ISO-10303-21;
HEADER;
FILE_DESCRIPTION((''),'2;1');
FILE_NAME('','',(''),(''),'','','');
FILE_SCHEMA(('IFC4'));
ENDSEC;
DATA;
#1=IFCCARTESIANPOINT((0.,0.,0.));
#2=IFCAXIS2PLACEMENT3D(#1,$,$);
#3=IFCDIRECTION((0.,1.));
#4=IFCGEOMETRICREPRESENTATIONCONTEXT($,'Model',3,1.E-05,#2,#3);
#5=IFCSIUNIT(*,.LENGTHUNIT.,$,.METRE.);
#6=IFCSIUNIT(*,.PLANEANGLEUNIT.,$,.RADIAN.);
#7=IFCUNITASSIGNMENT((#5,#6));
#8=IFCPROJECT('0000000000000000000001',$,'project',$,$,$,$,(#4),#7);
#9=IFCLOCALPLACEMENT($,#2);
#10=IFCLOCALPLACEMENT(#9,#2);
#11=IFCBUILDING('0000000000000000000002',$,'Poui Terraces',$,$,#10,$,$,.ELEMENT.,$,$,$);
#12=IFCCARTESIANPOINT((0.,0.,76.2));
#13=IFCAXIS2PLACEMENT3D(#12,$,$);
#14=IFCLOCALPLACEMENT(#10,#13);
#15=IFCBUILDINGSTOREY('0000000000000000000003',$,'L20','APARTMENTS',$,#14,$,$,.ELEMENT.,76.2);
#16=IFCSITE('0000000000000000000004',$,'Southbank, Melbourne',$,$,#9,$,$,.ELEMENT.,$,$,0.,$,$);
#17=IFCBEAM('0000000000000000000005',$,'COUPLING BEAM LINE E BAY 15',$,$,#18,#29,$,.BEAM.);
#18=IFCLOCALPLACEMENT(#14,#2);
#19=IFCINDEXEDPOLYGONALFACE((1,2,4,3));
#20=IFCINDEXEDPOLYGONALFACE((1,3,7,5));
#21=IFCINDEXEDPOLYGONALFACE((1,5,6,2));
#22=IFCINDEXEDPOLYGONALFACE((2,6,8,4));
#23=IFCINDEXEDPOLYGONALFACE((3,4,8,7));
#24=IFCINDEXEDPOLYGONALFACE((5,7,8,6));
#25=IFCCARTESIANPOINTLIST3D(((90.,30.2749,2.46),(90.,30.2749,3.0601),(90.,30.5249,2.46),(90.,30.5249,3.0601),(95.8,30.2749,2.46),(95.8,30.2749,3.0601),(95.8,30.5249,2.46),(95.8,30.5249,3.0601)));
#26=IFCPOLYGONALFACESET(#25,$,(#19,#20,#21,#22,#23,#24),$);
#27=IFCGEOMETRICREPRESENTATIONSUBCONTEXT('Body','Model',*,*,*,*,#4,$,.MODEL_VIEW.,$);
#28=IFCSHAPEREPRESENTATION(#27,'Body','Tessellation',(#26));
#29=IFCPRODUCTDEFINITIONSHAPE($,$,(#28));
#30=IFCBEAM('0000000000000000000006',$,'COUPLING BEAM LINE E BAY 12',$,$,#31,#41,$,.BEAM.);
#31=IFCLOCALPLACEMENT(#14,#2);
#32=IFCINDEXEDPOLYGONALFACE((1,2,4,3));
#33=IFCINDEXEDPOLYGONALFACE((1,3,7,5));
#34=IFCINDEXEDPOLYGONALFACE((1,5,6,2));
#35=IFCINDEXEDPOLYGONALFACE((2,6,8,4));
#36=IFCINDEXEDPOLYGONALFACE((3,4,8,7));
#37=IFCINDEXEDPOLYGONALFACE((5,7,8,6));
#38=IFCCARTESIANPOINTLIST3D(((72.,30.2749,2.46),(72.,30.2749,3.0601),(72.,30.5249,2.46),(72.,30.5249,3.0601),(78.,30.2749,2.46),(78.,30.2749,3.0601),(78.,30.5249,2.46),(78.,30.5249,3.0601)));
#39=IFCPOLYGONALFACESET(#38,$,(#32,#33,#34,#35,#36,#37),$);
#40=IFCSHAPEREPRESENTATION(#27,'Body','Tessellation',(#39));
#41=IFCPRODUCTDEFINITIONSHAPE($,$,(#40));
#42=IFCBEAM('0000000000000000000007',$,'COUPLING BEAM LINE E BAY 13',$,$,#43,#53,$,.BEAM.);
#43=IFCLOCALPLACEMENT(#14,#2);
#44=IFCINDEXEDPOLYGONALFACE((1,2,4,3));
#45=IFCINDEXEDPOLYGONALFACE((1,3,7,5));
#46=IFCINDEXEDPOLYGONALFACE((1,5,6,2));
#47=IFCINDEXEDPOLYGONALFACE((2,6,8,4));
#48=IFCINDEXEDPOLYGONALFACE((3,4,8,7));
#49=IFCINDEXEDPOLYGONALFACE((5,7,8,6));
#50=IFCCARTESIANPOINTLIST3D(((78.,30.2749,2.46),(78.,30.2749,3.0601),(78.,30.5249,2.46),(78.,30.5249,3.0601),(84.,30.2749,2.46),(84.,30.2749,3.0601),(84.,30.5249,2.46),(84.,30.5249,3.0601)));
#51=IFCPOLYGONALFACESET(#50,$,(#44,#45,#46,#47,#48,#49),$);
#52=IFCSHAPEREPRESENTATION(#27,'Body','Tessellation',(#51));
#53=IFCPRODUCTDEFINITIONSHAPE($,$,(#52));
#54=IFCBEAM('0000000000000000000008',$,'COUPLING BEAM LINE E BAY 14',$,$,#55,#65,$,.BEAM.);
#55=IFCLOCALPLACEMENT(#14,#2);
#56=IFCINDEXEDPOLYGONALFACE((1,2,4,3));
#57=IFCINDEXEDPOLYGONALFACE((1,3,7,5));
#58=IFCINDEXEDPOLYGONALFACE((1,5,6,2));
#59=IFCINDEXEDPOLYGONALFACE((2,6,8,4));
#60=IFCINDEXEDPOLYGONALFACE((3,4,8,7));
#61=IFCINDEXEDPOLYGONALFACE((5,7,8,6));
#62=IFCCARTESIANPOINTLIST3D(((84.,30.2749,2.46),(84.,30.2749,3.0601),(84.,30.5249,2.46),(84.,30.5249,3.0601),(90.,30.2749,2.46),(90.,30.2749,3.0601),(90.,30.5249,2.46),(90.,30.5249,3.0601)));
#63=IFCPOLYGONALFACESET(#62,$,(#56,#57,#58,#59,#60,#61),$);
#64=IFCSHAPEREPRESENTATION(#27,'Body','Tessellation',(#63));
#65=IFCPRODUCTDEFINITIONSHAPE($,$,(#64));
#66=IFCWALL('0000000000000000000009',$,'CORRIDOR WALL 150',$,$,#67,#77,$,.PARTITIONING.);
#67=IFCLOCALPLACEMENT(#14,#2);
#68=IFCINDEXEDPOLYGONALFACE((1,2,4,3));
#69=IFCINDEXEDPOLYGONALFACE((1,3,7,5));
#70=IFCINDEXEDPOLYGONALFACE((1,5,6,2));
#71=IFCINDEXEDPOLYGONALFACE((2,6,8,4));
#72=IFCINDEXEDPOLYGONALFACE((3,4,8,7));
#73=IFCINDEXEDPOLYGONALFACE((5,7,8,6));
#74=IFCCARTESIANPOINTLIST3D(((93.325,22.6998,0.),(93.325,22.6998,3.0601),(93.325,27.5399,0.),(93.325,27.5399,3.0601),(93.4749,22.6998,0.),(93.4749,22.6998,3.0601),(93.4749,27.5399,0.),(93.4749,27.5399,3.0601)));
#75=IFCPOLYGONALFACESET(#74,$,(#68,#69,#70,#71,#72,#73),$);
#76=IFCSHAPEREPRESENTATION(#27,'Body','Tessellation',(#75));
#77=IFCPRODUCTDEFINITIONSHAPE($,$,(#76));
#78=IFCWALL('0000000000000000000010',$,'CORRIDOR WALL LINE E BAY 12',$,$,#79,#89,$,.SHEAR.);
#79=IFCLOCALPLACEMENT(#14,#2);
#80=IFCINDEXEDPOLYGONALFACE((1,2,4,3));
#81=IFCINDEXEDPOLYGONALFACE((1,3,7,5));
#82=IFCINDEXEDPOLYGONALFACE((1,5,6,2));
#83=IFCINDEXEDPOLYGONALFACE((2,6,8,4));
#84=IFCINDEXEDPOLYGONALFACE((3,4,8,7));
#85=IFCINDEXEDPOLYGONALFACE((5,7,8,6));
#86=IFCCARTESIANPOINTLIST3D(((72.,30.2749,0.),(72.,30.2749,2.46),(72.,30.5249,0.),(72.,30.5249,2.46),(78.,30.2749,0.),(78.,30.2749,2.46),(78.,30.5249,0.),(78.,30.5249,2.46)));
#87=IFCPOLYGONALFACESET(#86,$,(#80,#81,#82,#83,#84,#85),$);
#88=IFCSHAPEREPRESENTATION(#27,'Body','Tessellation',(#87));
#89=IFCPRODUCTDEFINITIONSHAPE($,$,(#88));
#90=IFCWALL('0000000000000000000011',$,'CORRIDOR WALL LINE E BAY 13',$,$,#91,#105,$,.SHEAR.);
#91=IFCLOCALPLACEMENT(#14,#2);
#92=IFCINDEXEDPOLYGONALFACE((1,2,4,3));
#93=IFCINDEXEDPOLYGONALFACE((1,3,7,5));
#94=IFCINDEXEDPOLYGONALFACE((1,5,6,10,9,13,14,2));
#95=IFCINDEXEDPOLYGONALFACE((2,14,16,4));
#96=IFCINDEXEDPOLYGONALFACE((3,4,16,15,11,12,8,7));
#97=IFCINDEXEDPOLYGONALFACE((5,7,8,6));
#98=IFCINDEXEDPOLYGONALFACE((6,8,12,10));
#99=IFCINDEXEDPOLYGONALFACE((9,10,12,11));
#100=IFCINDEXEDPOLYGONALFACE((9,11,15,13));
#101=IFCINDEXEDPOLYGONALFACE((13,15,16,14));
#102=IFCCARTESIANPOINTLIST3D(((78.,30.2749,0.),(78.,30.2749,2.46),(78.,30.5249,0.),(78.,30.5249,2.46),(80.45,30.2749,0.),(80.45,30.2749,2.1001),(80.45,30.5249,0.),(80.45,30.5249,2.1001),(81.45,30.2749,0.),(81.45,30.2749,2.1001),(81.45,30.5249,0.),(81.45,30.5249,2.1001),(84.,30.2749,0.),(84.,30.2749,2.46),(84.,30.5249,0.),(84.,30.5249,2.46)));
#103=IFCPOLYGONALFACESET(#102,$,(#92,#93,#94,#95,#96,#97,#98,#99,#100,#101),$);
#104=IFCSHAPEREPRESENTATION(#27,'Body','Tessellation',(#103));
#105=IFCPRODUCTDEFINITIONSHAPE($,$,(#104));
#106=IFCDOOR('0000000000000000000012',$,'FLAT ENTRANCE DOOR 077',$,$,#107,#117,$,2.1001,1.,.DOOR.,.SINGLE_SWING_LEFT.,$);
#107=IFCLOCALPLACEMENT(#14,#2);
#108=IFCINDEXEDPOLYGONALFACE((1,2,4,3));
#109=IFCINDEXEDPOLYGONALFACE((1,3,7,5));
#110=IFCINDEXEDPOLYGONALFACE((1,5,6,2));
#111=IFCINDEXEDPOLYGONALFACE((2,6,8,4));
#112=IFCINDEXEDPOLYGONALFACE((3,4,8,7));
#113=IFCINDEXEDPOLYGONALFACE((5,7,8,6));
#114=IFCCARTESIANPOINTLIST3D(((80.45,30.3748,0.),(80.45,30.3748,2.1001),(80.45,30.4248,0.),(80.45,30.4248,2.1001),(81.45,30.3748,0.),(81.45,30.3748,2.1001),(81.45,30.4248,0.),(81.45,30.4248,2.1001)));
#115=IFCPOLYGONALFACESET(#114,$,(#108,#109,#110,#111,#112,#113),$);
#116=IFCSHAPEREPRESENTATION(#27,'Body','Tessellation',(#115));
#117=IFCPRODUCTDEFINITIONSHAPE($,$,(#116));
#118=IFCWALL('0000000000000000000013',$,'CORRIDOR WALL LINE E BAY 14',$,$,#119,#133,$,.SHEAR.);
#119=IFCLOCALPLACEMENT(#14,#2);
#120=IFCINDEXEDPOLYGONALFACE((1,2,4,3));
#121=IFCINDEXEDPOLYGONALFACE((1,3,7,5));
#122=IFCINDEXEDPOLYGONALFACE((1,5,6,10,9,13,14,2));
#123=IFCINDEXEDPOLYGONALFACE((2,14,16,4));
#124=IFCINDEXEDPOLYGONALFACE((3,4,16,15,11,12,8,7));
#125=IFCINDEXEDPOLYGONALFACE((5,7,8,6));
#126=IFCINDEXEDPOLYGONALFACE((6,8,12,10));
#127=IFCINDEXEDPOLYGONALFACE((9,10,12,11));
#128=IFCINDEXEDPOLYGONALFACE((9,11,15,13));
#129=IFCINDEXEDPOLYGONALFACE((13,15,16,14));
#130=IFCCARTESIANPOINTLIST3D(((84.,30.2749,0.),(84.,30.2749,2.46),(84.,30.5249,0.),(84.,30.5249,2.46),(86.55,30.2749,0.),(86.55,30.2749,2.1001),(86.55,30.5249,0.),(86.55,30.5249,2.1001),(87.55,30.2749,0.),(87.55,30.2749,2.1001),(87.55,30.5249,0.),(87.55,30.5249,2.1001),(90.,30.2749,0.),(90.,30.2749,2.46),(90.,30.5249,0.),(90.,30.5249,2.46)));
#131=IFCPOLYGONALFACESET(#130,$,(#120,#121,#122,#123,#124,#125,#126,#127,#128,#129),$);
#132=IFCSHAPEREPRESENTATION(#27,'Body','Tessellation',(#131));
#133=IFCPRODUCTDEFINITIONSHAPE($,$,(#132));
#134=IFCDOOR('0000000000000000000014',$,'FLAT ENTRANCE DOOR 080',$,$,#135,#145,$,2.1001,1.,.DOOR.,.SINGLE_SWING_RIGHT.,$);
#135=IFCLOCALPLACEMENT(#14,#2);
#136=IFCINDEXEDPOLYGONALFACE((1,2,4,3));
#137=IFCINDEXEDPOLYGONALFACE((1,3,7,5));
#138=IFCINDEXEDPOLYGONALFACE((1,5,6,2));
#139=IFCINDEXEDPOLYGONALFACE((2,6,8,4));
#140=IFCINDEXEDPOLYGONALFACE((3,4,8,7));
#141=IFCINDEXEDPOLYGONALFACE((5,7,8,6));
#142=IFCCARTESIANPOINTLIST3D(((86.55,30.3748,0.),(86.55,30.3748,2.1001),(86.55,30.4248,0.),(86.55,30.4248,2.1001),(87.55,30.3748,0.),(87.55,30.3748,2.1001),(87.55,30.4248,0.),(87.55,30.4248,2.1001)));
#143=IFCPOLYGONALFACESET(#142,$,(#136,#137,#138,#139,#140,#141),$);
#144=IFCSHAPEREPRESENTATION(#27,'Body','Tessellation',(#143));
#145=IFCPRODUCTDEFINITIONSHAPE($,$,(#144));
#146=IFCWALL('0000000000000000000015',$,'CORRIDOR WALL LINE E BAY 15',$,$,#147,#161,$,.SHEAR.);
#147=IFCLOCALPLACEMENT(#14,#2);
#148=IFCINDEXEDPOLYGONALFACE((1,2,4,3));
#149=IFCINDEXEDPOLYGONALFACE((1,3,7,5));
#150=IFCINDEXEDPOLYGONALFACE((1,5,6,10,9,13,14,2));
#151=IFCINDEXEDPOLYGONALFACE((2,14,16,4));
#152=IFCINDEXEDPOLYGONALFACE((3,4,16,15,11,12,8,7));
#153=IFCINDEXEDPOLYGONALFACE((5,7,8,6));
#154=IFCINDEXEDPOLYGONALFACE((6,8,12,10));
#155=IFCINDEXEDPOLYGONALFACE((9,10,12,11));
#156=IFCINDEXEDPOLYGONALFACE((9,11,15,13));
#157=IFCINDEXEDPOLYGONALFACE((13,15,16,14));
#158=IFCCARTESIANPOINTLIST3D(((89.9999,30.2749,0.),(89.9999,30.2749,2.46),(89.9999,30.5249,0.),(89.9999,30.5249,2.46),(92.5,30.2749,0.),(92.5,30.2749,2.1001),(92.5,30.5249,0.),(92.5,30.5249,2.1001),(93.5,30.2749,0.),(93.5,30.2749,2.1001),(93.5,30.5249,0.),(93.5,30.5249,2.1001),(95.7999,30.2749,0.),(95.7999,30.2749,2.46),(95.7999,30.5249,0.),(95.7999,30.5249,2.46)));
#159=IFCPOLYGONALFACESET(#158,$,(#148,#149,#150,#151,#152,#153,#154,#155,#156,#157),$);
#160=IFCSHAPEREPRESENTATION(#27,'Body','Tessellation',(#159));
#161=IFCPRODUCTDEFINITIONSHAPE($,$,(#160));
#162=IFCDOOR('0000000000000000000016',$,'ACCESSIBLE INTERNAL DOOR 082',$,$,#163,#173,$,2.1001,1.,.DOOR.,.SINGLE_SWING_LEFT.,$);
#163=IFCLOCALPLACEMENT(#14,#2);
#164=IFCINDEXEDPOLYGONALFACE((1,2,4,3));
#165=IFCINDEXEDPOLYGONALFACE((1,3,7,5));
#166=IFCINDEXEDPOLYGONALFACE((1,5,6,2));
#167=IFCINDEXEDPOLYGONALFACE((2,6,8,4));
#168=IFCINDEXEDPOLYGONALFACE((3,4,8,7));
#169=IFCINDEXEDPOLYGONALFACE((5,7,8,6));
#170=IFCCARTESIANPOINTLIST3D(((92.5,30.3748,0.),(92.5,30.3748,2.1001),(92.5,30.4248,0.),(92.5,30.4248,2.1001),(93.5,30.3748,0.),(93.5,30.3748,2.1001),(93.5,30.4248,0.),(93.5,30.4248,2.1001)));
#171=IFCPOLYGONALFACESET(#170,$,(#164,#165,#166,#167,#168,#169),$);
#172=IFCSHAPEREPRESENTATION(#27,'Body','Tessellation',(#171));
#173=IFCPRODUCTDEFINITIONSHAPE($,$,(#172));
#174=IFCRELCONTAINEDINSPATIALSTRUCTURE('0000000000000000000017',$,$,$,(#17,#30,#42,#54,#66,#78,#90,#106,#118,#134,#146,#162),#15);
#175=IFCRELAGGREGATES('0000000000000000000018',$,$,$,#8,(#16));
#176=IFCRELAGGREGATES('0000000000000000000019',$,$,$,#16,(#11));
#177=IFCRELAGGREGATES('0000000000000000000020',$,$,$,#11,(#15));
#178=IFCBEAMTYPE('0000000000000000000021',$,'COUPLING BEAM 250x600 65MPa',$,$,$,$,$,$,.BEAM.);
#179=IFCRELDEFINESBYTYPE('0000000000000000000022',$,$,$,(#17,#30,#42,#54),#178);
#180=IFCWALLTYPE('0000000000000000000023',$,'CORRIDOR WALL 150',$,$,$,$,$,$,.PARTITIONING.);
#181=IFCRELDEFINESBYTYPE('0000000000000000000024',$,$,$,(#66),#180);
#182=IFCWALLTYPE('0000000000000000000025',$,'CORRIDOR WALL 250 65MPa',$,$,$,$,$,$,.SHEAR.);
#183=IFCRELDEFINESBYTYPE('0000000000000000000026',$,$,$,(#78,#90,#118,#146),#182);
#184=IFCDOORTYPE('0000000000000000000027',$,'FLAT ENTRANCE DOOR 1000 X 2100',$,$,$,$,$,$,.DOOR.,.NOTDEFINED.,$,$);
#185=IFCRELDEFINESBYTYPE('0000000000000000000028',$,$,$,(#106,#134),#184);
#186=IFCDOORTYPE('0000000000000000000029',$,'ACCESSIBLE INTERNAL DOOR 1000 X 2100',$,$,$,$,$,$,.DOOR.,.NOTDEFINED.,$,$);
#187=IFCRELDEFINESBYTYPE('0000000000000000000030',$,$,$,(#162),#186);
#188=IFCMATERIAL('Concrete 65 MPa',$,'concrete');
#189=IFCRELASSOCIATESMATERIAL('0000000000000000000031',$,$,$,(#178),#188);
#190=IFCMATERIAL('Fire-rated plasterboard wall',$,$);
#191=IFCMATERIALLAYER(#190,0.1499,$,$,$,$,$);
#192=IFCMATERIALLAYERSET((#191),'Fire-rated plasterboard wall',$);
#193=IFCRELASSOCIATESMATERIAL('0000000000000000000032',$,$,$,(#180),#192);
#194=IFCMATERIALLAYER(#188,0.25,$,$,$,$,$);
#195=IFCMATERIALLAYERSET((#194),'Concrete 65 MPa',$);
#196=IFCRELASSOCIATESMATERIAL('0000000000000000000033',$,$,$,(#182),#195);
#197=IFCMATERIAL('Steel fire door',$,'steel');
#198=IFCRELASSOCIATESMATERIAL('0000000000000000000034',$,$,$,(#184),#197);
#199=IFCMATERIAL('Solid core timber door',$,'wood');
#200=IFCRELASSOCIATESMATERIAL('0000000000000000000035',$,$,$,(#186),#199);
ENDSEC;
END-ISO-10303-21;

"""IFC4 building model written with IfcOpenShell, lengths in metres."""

from ifc_helpers import new_model, si_unit, direction, frame, frame_2d, origin, origin_2d, place, context, subcontext, project, spatial, rectangle, extrude, source, transform, mapped, material, layer, layer_set, material_profile, profile_set, type_object, element, fill, save


model = new_model("IFC4")

# Units and contexts
model_context = context("Model", 3, precision=1e-05, world=origin(), true_north=direction((0.0, 1.0)))
body_context = subcontext(model_context, "Body", "Model", "MODEL_VIEW")
ifc_project = project(units=[si_unit("LENGTHUNIT", "METRE"), si_unit("PLANEANGLEUNIT", "RADIAN")], contexts=[model_context])

# Site, building, storey
site_placement = place(None, origin())
site = spatial("IfcSite", under=ifc_project, at=site_placement, Name="Southbank, Melbourne", CompositionType="ELEMENT", RefElevation=0.0)
building_placement = place(site_placement, origin())
building = spatial("IfcBuilding", under=site, at=building_placement, Name="Poui Terraces", CompositionType="ELEMENT")
storey_placement = place(building_placement, frame((0.0, 0.0, 76.2)))
storey = spatial("IfcBuildingStorey", under=building, at=storey_placement, Name="L20", Description="APARTMENTS", CompositionType="ELEMENT", Elevation=76.2)

# Beams
ifc_material_1 = material(Name="Concrete 65 MPa", Category="concrete")
ifc_material_profile = material_profile(ifc_material_1, rectangle(XDim=0.25, YDim=0.6001, at=origin_2d()), Name="RC 250x600")
ifc_profile_set = profile_set([ifc_material_profile], Name="Concrete 65 MPa")
beam_type = type_object("IfcBeamType", Name="COUPLING BEAM 250x600 65MPa", PredefinedType="BEAM", material=ifc_profile_set)
shared_shape_1 = source(origin(), body_context, "Body", "SweptSolid", [
    extrude(rectangle(XDim=0.25, YDim=0.6001, at=origin_2d()), origin(), (0.0, 0.0, 1.0), 5.8),
])
beam_placement = place(storey_placement, frame((90.0, 30.3999, 2.76), z_axis=(1.0, 0.0, 0.0), x_axis=(0.0, 1.0, 0.0)))
element("IfcBeam", 1, at=beam_placement, inside=storey, type_object=beam_type, Name="COUPLING BEAM LINE E BAY 15", PredefinedType="BEAM", context=body_context, shape_type="MappedRepresentation", body=[
    mapped(shared_shape_1, transform((0.0, 0.0, 0.0))),
])
shared_shape_2 = source(origin(), body_context, "Body", "SweptSolid", [
    extrude(rectangle(XDim=0.25, YDim=0.6001, at=origin_2d()), origin(), (0.0, 0.0, 1.0), 6.0),
])
for number, where, z_axis, x_axis, name in (
    (2, (72.0, 30.3999, 2.76), (1.0, 0.0, 0.0), (0.0, 1.0, 0.0), "COUPLING BEAM LINE E BAY 12"),
    (3, (78.0, 30.3999, 2.76), (1.0, 0.0, 0.0), (0.0, 1.0, 0.0), "COUPLING BEAM LINE E BAY 13"),
    (4, (84.0, 30.3999, 2.76), (1.0, 0.0, 0.0), (0.0, 1.0, 0.0), "COUPLING BEAM LINE E BAY 14"),
):
    element("IfcBeam", number, at=place(storey_placement, frame(where, z_axis=z_axis, x_axis=x_axis)), inside=storey, type_object=beam_type, Name=name, PredefinedType="BEAM", context=body_context, shape_type="MappedRepresentation", body=[
        mapped(shared_shape_2, transform((0.0, 0.0, 0.0))),
    ])

# Walls
ifc_material_2 = material(Name="Fire-rated plasterboard wall")
ifc_layer_1 = layer(ifc_material_2, 0.1499)
ifc_layer_set_1 = layer_set([ifc_layer_1], Name="Fire-rated plasterboard wall")
wall_type_1 = type_object("IfcWallType", Name="CORRIDOR WALL 150", PredefinedType="PARTITIONING", material=ifc_layer_set_1)
wall_1_placement = place(storey_placement, frame((93.3999, 22.7, 0.0), z_axis=(0.0, 0.0, 1.0), x_axis=(0.0, 1.0, 0.0)))
element("IfcWall", 5, at=wall_1_placement, inside=storey, type_object=wall_type_1, Name="CORRIDOR WALL 150", PredefinedType="PARTITIONING", context=body_context, shape_type="SweptSolid", body=[
    extrude(rectangle(XDim=4.8401, YDim=0.1499, at=frame_2d((2.4199, 0.0))), origin(), (0.0, 0.0, 1.0), 3.0601),
])
ifc_layer_2 = layer(ifc_material_1, 0.25)
ifc_layer_set_2 = layer_set([ifc_layer_2], Name="Concrete 65 MPa")
wall_type_2 = type_object("IfcWallType", Name="CORRIDOR WALL 250 65MPa", PredefinedType="SHEAR", material=ifc_layer_set_2)
wall_2_placement = place(storey_placement, frame((72.0, 30.3999, 0.0), z_axis=(0.0, 0.0, 1.0), x_axis=(1.0, 0.0, 0.0)))
element("IfcWall", 6, at=wall_2_placement, inside=storey, type_object=wall_type_2, Name="CORRIDOR WALL LINE E BAY 12", PredefinedType="SHEAR", context=body_context, shape_type="SweptSolid", body=[
    extrude(rectangle(XDim=6.0, YDim=0.25, at=frame_2d((3.0, 0.0))), origin(), (0.0, 0.0, 1.0), 2.46),
])

# Walls, openings, doors
wall_3_placement = place(storey_placement, frame((78.0, 30.3999, 0.0), z_axis=(0.0, 0.0, 1.0), x_axis=(1.0, 0.0, 0.0)))
wall_3 = element("IfcWall", 7, at=wall_3_placement, inside=storey, type_object=wall_type_2, Name="CORRIDOR WALL LINE E BAY 13", PredefinedType="SHEAR", context=body_context, shape_type="SweptSolid", body=[
    extrude(rectangle(XDim=6.0, YDim=0.25, at=frame_2d((3.0, 0.0))), origin(), (0.0, 0.0, 1.0), 2.46),
])
opening_1_placement = place(wall_3_placement, frame((2.45, 0.0, 0.0)))
opening_1 = element("IfcOpeningElement", 8, at=opening_1_placement, cuts=wall_3, PredefinedType="OPENING", context=body_context, shape_type="SweptSolid", body=[
    extrude(rectangle(XDim=1.0, YDim=2.1001, at=frame_2d((0.5, 1.05))), frame((0.0, 0.135, 0.0), z_axis=(0.0, -1.0, 0.0), x_axis=(1.0, 0.0, 0.0)), (0.0, 0.0, 1.0), 0.27),
])
ifc_material_3 = material(Name="Steel fire door", Category="steel")
door_type_1 = type_object("IfcDoorType", Name="FLAT ENTRANCE DOOR 1000 X 2100", OperationType="NOTDEFINED", PredefinedType="DOOR", material=ifc_material_3)
door_1_placement = place(opening_1_placement, origin())
door_1 = element("IfcDoor", 9, at=door_1_placement, inside=storey, type_object=door_type_1, Name="FLAT ENTRANCE DOOR 077", OperationType="SINGLE_SWING_LEFT", OverallHeight=2.1001, OverallWidth=1.0, PredefinedType="DOOR", context=body_context, shape_type="SweptSolid", body=[
    extrude(rectangle(XDim=1.0, YDim=2.1001, at=frame_2d((0.5, 1.05))), frame((0.0, 0.0249, 0.0), z_axis=(0.0, -1.0, 0.0), x_axis=(1.0, 0.0, 0.0)), (0.0, 0.0, 1.0), 0.05),
])
fill(opening_1, door_1)
wall_4_placement = place(storey_placement, frame((84.0, 30.3999, 0.0), z_axis=(0.0, 0.0, 1.0), x_axis=(1.0, 0.0, 0.0)))
wall_4 = element("IfcWall", 10, at=wall_4_placement, inside=storey, type_object=wall_type_2, Name="CORRIDOR WALL LINE E BAY 14", PredefinedType="SHEAR", context=body_context, shape_type="SweptSolid", body=[
    extrude(rectangle(XDim=6.0, YDim=0.25, at=frame_2d((3.0, 0.0))), origin(), (0.0, 0.0, 1.0), 2.46),
])
opening_2_placement = place(wall_4_placement, frame((2.55, 0.0, 0.0)))
opening_2 = element("IfcOpeningElement", 11, at=opening_2_placement, cuts=wall_4, PredefinedType="OPENING", context=body_context, shape_type="SweptSolid", body=[
    extrude(rectangle(XDim=1.0, YDim=2.1001, at=frame_2d((0.5, 1.05))), frame((0.0, 0.135, 0.0), z_axis=(0.0, -1.0, 0.0), x_axis=(1.0, 0.0, 0.0)), (0.0, 0.0, 1.0), 0.27),
])
door_2_placement = place(opening_2_placement, origin())
door_2 = element("IfcDoor", 12, at=door_2_placement, inside=storey, type_object=door_type_1, Name="FLAT ENTRANCE DOOR 080", OperationType="SINGLE_SWING_RIGHT", OverallHeight=2.1001, OverallWidth=1.0, PredefinedType="DOOR", context=body_context, shape_type="SweptSolid", body=[
    extrude(rectangle(XDim=1.0, YDim=2.1001, at=frame_2d((0.5, 1.05))), frame((0.0, 0.0249, 0.0), z_axis=(0.0, -1.0, 0.0), x_axis=(1.0, 0.0, 0.0)), (0.0, 0.0, 1.0), 0.05),
])
fill(opening_2, door_2)
wall_5_placement = place(storey_placement, frame((90.0, 30.3999, 0.0), z_axis=(0.0, 0.0, 1.0), x_axis=(1.0, 0.0, 0.0)))
wall_5 = element("IfcWall", 13, at=wall_5_placement, inside=storey, type_object=wall_type_2, Name="CORRIDOR WALL LINE E BAY 15", PredefinedType="SHEAR", context=body_context, shape_type="SweptSolid", body=[
    extrude(rectangle(XDim=5.8, YDim=0.25, at=frame_2d((2.8999, 0.0))), origin(), (0.0, 0.0, 1.0), 2.46),
])
opening_3_placement = place(wall_5_placement, frame((2.5, 0.0, 0.0)))
opening_3 = element("IfcOpeningElement", 14, at=opening_3_placement, cuts=wall_5, PredefinedType="OPENING", context=body_context, shape_type="SweptSolid", body=[
    extrude(rectangle(XDim=1.0, YDim=2.1001, at=frame_2d((0.5, 1.05))), frame((0.0, 0.135, 0.0), z_axis=(0.0, -1.0, 0.0), x_axis=(1.0, 0.0, 0.0)), (0.0, 0.0, 1.0), 0.27),
])
ifc_material_4 = material(Name="Solid core timber door", Category="wood")
door_type_2 = type_object("IfcDoorType", Name="ACCESSIBLE INTERNAL DOOR 1000 X 2100", OperationType="NOTDEFINED", PredefinedType="DOOR", material=ifc_material_4)
door_3_placement = place(opening_3_placement, origin())
door_3 = element("IfcDoor", 15, at=door_3_placement, inside=storey, type_object=door_type_2, Name="ACCESSIBLE INTERNAL DOOR 082", OperationType="SINGLE_SWING_LEFT", OverallHeight=2.1001, OverallWidth=1.0, PredefinedType="DOOR", context=body_context, shape_type="SweptSolid", body=[
    extrude(rectangle(XDim=1.0, YDim=2.1001, at=frame_2d((0.5, 1.05))), frame((0.0, 0.0249, 0.0), z_axis=(0.0, -1.0, 0.0), x_axis=(1.0, 0.0, 0.0)), (0.0, 0.0, 1.0), 0.05),
])
fill(opening_3, door_3)

save(model, "model.ifc")
